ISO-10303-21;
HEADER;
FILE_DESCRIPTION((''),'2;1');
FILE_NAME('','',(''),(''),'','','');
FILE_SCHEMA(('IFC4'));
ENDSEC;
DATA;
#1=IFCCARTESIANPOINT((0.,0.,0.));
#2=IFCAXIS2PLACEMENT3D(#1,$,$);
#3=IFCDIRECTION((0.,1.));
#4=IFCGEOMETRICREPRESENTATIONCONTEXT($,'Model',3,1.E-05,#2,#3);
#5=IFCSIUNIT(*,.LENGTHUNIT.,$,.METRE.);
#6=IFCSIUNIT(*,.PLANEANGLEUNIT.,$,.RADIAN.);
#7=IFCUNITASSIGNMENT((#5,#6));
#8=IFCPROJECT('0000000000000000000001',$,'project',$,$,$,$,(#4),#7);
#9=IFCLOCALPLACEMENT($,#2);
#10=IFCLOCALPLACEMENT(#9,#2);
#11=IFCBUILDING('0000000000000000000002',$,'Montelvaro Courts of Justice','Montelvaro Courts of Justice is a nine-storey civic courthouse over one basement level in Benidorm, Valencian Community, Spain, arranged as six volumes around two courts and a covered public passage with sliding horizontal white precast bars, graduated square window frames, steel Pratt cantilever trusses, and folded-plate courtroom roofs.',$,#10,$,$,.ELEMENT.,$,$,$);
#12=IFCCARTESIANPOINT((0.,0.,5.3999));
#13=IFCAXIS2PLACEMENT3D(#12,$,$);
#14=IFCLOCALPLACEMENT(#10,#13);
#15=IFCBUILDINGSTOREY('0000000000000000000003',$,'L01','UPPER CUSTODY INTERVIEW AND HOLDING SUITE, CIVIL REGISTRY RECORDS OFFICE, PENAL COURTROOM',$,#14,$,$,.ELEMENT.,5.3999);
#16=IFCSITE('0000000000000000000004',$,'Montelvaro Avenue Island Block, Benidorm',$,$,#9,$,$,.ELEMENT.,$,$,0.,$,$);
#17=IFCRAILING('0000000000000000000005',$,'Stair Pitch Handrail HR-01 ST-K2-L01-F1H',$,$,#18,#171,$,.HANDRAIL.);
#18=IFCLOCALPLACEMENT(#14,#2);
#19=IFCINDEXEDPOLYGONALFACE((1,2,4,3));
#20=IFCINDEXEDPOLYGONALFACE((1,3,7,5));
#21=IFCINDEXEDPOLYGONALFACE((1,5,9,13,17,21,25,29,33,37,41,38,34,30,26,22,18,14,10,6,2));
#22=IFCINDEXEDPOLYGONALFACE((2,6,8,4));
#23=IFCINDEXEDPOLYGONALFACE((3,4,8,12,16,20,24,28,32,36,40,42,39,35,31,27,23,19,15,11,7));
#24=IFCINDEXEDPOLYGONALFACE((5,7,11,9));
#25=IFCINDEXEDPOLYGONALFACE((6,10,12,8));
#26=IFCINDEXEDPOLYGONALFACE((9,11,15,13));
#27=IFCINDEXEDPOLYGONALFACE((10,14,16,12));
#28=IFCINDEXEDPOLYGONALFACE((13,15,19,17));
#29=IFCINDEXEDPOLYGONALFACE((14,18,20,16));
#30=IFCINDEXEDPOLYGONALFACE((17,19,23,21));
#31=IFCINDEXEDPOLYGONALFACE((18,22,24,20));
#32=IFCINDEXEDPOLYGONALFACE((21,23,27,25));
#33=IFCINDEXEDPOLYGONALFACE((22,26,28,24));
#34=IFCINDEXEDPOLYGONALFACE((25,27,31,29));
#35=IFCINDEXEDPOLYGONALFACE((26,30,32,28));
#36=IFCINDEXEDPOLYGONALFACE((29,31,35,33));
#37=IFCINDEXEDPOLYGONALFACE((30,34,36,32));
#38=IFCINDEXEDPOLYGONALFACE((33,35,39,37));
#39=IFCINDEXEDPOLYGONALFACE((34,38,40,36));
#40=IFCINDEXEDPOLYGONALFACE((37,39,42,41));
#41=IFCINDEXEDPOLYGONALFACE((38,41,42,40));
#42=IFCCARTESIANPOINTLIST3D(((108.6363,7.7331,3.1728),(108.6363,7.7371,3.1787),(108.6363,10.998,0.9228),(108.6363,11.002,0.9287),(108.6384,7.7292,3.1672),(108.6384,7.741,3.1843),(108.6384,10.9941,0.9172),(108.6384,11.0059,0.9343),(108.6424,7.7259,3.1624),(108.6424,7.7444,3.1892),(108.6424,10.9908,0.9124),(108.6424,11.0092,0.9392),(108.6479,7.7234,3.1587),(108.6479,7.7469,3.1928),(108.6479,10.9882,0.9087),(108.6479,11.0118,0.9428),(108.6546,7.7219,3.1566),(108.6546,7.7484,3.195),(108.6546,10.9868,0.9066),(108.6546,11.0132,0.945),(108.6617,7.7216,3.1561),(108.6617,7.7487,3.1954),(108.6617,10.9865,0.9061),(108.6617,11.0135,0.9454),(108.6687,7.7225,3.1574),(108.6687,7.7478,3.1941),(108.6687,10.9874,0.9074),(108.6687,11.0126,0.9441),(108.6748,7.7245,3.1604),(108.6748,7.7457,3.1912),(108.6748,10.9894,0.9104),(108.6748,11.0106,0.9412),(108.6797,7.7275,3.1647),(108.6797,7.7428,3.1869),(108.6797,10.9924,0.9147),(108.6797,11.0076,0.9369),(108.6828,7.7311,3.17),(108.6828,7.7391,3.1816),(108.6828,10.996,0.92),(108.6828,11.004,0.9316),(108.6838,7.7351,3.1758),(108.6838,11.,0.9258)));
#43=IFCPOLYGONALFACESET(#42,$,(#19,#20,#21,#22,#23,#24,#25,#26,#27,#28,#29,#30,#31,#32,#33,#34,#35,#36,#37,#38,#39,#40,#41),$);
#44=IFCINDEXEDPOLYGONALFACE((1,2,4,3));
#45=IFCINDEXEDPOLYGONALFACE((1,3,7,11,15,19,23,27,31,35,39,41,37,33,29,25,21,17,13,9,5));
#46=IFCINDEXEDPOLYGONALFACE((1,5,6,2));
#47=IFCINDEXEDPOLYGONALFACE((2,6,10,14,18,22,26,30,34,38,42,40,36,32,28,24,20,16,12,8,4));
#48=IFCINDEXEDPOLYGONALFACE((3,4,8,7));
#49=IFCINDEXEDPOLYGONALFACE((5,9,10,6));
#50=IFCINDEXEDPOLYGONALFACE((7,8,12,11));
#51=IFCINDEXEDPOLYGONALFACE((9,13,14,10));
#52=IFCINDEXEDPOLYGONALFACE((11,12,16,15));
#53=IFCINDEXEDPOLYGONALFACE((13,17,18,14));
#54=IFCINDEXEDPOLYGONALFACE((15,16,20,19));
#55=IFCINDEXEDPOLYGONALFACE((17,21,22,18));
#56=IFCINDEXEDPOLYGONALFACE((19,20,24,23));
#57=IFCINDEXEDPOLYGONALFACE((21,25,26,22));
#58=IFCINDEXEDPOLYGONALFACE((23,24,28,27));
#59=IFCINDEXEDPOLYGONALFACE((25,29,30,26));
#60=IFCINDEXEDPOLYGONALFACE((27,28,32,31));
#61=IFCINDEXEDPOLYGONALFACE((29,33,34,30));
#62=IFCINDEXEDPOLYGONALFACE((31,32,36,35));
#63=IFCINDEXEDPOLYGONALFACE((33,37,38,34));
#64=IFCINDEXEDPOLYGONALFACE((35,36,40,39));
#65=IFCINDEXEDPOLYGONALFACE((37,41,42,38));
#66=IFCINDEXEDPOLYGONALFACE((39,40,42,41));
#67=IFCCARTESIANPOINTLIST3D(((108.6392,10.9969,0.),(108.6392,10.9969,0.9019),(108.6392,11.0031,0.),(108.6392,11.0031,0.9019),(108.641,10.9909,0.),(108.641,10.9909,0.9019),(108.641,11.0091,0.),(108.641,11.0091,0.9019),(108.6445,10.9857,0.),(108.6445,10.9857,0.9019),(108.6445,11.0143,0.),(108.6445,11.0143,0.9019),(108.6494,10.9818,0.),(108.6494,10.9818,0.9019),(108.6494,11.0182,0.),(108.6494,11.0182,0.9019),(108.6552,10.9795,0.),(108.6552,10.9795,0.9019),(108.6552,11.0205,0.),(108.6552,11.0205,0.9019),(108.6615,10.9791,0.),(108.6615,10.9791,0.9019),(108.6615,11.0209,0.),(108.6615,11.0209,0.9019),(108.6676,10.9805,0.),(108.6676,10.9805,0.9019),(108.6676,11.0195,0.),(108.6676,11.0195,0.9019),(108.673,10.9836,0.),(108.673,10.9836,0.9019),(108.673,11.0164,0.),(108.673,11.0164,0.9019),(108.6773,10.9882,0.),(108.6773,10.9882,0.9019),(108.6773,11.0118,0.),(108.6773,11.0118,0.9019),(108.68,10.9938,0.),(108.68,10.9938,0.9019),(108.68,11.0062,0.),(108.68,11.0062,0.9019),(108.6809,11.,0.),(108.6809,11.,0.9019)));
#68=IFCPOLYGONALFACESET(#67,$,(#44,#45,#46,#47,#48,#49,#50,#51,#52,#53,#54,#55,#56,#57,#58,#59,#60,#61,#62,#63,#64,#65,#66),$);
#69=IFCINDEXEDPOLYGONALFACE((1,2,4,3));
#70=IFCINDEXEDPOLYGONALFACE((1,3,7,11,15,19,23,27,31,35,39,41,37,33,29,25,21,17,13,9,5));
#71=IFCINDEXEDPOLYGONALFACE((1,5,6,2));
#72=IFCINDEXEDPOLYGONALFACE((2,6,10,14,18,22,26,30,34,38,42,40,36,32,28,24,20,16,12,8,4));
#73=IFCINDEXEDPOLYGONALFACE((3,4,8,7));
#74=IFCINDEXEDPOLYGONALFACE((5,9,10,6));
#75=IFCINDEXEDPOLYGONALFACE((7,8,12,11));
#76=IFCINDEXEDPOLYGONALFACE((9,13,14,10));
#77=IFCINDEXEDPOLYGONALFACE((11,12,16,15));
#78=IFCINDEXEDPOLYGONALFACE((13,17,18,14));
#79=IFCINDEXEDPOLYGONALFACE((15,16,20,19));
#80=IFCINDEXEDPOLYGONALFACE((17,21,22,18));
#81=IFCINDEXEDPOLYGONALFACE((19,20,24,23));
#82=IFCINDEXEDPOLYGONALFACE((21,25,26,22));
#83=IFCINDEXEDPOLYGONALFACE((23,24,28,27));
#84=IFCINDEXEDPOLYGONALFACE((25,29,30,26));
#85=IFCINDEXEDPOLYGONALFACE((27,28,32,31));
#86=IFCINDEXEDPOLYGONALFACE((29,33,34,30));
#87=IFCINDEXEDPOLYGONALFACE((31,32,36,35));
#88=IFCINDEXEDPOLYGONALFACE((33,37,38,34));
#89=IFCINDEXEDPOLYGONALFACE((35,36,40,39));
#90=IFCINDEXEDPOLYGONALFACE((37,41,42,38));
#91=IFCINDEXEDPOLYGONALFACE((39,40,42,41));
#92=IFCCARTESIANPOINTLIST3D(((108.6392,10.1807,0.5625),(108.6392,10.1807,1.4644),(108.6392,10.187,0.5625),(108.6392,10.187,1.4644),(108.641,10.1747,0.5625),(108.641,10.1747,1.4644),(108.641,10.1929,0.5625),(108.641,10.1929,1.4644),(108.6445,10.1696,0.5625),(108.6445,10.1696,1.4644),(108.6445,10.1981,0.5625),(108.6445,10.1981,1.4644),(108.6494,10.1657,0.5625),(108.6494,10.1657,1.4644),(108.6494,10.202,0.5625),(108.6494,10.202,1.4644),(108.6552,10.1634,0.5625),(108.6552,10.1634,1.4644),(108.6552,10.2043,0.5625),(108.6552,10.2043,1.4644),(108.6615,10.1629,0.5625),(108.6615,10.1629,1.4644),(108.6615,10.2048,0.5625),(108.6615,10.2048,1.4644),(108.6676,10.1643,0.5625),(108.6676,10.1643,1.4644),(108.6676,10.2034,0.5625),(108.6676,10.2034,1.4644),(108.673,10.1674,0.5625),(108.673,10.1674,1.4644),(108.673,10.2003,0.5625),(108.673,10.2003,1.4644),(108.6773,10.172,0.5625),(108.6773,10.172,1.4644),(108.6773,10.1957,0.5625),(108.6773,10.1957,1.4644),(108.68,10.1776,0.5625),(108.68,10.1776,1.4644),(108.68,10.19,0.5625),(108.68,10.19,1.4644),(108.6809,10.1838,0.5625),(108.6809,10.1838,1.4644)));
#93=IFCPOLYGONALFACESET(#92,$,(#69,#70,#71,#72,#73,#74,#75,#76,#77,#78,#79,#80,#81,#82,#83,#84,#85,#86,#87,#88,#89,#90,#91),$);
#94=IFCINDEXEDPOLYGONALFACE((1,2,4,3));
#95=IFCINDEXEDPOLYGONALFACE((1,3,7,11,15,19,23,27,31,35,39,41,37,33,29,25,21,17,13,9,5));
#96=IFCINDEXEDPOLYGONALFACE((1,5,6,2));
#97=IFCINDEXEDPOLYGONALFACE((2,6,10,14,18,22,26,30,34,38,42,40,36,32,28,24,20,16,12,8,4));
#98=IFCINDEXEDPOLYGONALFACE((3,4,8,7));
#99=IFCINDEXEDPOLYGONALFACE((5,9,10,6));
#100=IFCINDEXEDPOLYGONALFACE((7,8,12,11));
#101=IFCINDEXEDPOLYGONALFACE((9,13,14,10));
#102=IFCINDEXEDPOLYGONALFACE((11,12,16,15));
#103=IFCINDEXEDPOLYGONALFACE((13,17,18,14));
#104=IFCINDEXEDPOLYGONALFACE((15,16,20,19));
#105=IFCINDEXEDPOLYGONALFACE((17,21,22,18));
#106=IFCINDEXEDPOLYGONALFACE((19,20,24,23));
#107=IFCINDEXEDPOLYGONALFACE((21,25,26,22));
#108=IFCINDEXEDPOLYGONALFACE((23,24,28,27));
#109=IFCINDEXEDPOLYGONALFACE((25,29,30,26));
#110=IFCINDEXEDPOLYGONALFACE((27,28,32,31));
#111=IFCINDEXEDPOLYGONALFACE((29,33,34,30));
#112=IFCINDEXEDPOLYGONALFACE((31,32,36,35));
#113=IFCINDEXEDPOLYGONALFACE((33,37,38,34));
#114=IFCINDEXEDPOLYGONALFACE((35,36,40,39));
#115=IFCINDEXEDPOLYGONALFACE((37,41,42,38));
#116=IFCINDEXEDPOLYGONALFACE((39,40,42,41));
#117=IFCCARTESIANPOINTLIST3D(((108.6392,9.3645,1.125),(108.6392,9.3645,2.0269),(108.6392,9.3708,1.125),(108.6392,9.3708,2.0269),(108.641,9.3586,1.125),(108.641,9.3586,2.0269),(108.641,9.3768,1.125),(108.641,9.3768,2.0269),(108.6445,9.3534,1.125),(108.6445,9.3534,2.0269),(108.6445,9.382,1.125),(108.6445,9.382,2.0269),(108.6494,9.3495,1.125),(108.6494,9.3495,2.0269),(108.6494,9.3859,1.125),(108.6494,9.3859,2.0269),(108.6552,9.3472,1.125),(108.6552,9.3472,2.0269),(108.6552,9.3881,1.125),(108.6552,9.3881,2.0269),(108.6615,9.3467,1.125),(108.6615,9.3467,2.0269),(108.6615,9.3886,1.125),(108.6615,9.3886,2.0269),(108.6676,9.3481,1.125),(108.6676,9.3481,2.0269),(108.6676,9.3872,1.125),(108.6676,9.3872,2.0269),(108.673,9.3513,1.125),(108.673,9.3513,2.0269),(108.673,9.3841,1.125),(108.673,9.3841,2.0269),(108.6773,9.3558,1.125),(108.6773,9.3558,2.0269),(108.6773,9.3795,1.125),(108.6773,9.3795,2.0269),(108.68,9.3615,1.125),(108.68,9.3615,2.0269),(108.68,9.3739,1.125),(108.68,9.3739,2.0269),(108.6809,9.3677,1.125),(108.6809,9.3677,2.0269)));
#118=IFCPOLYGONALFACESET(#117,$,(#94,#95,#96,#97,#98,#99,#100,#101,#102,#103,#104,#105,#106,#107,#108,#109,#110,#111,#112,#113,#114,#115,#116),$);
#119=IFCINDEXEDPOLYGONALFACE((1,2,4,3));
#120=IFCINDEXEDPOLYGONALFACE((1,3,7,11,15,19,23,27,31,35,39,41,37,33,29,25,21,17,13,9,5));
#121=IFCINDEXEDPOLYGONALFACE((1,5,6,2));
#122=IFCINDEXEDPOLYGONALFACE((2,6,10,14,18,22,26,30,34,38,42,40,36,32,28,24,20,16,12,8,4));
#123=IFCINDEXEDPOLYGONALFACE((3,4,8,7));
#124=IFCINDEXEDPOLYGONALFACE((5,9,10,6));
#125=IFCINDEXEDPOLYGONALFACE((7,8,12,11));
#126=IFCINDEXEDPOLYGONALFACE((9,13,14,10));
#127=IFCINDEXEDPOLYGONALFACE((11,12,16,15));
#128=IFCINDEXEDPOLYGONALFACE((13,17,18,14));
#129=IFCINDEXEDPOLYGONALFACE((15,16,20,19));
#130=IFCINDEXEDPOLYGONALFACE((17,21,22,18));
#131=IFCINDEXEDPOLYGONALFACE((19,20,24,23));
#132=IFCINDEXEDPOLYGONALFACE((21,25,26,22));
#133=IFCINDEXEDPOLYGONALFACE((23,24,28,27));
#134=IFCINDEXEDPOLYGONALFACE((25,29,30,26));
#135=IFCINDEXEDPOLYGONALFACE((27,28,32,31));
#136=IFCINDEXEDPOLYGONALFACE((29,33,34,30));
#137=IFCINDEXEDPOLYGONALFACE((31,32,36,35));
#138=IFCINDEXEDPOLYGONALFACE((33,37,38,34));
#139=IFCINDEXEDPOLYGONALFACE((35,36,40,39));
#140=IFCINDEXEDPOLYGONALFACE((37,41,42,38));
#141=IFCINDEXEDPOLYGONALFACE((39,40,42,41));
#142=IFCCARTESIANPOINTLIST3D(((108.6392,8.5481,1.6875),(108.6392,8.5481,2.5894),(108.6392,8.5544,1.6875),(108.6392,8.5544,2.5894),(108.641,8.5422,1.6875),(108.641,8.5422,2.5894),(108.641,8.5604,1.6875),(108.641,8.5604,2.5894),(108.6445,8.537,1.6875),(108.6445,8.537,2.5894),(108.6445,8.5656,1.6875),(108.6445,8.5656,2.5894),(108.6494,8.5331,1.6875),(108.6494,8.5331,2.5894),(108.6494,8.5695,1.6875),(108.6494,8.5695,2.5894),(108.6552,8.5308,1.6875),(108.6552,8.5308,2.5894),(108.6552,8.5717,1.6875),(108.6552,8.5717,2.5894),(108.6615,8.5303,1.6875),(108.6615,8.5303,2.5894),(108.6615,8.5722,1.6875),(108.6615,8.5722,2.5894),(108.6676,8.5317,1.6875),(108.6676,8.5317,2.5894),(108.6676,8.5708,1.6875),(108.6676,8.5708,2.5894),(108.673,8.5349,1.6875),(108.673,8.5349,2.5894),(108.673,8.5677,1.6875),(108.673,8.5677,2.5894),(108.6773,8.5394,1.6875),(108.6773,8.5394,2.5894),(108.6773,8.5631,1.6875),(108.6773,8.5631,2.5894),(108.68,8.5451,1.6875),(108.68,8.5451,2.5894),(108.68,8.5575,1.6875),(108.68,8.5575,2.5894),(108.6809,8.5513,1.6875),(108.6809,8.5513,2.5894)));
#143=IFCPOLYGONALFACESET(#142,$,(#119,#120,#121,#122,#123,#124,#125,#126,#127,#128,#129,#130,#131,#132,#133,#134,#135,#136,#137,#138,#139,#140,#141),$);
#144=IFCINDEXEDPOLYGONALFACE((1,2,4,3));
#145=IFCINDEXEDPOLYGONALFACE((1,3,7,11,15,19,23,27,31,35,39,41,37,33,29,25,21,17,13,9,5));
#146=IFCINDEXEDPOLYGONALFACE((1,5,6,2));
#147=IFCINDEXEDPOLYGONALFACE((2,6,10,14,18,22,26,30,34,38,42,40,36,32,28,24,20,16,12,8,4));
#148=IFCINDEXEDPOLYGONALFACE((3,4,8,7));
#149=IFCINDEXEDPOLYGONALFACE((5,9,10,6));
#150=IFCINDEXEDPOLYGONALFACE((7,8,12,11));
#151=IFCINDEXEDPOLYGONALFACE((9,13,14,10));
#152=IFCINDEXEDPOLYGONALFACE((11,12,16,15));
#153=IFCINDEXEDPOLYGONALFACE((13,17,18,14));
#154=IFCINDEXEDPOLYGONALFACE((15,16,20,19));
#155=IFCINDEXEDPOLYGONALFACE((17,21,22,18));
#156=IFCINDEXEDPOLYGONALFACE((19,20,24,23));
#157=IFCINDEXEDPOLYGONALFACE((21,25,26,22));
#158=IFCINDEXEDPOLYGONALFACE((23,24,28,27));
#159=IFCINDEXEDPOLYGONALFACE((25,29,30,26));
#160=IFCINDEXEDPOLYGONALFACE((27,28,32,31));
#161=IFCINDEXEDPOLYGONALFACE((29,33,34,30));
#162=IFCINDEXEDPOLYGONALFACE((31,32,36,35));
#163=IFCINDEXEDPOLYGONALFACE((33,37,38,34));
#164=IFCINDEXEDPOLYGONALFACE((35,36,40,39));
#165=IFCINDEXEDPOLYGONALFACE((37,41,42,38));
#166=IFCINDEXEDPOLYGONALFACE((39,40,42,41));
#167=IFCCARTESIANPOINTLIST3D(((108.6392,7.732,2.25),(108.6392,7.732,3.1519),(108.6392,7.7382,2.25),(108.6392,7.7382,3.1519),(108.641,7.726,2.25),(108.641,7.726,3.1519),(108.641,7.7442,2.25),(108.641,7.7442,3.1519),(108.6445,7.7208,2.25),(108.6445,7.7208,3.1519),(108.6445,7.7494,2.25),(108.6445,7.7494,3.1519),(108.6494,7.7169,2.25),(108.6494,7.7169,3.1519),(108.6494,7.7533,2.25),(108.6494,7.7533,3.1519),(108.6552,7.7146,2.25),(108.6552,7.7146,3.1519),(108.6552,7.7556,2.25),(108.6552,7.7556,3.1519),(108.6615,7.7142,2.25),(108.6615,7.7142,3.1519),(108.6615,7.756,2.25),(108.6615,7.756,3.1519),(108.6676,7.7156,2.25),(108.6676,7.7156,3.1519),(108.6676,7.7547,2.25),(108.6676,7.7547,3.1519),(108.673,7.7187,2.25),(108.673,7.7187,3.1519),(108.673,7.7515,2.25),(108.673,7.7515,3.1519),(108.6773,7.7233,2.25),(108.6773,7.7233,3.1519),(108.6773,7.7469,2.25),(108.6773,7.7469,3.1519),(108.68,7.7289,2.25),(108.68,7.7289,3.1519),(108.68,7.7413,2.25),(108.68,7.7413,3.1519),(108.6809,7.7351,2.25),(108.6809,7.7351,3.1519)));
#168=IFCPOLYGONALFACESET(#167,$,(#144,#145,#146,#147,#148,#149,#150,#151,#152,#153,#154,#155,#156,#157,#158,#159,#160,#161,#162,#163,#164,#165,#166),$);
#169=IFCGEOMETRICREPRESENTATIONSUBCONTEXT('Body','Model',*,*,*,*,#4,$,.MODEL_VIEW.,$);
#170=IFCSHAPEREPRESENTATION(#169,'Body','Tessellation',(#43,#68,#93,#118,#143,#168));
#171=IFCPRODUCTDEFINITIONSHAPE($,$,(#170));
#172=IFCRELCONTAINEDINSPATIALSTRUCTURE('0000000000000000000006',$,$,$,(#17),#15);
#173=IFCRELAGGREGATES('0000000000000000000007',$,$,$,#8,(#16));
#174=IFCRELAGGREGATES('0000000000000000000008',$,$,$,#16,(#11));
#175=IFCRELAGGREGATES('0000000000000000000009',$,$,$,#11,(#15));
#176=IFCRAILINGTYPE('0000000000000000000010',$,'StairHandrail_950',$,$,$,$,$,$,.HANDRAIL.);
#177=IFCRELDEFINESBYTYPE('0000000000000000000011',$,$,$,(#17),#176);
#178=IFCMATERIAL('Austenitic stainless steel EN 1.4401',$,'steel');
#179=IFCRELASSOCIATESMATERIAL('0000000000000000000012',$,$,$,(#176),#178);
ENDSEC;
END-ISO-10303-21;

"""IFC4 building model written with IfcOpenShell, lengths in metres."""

from ifc_helpers import new_model, si_unit, direction, frame, origin, origin_2d, place, context, subcontext, project, spatial, circle, extrude, material, type_object, element, save


model = new_model("IFC4")

# Units and contexts
model_context = context("Model", 3, precision=1e-05, world=origin(), true_north=direction((0.0, 1.0)))
body_context = subcontext(model_context, "Body", "Model", "MODEL_VIEW")
ifc_project = project(units=[si_unit("LENGTHUNIT", "METRE"), si_unit("PLANEANGLEUNIT", "RADIAN")], contexts=[model_context])

# Site, building, storey
site_placement = place(None, origin())
site = spatial("IfcSite", under=ifc_project, at=site_placement, Name="Montelvaro Avenue Island Block, Benidorm", CompositionType="ELEMENT", RefElevation=0.0)
building_placement = place(site_placement, origin())
building = spatial("IfcBuilding", under=site, at=building_placement, Name="Montelvaro Courts of Justice", Description="Montelvaro Courts of Justice is a nine-storey civic courthouse over one basement level in Benidorm, Valencian Community, Spain, arranged as six volumes around two courts and a covered public passage with sliding horizontal white precast bars, graduated square window frames, steel Pratt cantilever trusses, and folded-plate courtroom roofs.", CompositionType="ELEMENT")
storey_placement = place(building_placement, frame((0.0, 0.0, 5.3999)))
storey = spatial("IfcBuildingStorey", under=building, at=storey_placement, Name="L01", Description="UPPER CUSTODY INTERVIEW AND HOLDING SUITE, CIVIL REGISTRY RECORDS OFFICE, PENAL COURTROOM", CompositionType="ELEMENT", Elevation=5.3999)

# Railing
ifc_material_1 = material(Name="Austenitic stainless steel EN 1.4401", Category="steel")
railing_type_1 = type_object("IfcRailingType", Name="StairHandrail_950", PredefinedType="HANDRAIL", material=ifc_material_1)
railing_1_placement = place(storey_placement, frame((108.6599, 11.0, 0.0)))
element("IfcRailing", 1, at=railing_1_placement, inside=storey, type_object=railing_type_1, Name="Stair Pitch Handrail HR-01 ST-K2-L01-F1H", PredefinedType="HANDRAIL", context=body_context, shape_type="SweptSolid", body=[
    extrude(circle(Radius=0.0239, at=origin_2d()), frame((0.0, 0.0, 0.9258), z_axis=(0.0, -0.823407, 0.567451), x_axis=(1.0, 0.0, 0.0)), (0.0, 0.0, 1.0), 3.9651),
    extrude(circle(Radius=0.021, at=origin_2d()), origin(), (0.0, 0.0, 1.0), 0.9019),
    extrude(circle(Radius=0.021, at=origin_2d()), frame((0.0, -0.8162, 0.5625)), (0.0, 0.0, 1.0), 0.9019),
    extrude(circle(Radius=0.021, at=origin_2d()), frame((0.0, -1.6323, 1.125)), (0.0, 0.0, 1.0), 0.9019),
    extrude(circle(Radius=0.021, at=origin_2d()), frame((0.0, -2.4487, 1.6875)), (0.0, 0.0, 1.0), 0.9019),
    extrude(circle(Radius=0.021, at=origin_2d()), frame((0.0, -3.2649, 2.25)), (0.0, 0.0, 1.0), 0.9019),
])

save(model, "model.ifc")
